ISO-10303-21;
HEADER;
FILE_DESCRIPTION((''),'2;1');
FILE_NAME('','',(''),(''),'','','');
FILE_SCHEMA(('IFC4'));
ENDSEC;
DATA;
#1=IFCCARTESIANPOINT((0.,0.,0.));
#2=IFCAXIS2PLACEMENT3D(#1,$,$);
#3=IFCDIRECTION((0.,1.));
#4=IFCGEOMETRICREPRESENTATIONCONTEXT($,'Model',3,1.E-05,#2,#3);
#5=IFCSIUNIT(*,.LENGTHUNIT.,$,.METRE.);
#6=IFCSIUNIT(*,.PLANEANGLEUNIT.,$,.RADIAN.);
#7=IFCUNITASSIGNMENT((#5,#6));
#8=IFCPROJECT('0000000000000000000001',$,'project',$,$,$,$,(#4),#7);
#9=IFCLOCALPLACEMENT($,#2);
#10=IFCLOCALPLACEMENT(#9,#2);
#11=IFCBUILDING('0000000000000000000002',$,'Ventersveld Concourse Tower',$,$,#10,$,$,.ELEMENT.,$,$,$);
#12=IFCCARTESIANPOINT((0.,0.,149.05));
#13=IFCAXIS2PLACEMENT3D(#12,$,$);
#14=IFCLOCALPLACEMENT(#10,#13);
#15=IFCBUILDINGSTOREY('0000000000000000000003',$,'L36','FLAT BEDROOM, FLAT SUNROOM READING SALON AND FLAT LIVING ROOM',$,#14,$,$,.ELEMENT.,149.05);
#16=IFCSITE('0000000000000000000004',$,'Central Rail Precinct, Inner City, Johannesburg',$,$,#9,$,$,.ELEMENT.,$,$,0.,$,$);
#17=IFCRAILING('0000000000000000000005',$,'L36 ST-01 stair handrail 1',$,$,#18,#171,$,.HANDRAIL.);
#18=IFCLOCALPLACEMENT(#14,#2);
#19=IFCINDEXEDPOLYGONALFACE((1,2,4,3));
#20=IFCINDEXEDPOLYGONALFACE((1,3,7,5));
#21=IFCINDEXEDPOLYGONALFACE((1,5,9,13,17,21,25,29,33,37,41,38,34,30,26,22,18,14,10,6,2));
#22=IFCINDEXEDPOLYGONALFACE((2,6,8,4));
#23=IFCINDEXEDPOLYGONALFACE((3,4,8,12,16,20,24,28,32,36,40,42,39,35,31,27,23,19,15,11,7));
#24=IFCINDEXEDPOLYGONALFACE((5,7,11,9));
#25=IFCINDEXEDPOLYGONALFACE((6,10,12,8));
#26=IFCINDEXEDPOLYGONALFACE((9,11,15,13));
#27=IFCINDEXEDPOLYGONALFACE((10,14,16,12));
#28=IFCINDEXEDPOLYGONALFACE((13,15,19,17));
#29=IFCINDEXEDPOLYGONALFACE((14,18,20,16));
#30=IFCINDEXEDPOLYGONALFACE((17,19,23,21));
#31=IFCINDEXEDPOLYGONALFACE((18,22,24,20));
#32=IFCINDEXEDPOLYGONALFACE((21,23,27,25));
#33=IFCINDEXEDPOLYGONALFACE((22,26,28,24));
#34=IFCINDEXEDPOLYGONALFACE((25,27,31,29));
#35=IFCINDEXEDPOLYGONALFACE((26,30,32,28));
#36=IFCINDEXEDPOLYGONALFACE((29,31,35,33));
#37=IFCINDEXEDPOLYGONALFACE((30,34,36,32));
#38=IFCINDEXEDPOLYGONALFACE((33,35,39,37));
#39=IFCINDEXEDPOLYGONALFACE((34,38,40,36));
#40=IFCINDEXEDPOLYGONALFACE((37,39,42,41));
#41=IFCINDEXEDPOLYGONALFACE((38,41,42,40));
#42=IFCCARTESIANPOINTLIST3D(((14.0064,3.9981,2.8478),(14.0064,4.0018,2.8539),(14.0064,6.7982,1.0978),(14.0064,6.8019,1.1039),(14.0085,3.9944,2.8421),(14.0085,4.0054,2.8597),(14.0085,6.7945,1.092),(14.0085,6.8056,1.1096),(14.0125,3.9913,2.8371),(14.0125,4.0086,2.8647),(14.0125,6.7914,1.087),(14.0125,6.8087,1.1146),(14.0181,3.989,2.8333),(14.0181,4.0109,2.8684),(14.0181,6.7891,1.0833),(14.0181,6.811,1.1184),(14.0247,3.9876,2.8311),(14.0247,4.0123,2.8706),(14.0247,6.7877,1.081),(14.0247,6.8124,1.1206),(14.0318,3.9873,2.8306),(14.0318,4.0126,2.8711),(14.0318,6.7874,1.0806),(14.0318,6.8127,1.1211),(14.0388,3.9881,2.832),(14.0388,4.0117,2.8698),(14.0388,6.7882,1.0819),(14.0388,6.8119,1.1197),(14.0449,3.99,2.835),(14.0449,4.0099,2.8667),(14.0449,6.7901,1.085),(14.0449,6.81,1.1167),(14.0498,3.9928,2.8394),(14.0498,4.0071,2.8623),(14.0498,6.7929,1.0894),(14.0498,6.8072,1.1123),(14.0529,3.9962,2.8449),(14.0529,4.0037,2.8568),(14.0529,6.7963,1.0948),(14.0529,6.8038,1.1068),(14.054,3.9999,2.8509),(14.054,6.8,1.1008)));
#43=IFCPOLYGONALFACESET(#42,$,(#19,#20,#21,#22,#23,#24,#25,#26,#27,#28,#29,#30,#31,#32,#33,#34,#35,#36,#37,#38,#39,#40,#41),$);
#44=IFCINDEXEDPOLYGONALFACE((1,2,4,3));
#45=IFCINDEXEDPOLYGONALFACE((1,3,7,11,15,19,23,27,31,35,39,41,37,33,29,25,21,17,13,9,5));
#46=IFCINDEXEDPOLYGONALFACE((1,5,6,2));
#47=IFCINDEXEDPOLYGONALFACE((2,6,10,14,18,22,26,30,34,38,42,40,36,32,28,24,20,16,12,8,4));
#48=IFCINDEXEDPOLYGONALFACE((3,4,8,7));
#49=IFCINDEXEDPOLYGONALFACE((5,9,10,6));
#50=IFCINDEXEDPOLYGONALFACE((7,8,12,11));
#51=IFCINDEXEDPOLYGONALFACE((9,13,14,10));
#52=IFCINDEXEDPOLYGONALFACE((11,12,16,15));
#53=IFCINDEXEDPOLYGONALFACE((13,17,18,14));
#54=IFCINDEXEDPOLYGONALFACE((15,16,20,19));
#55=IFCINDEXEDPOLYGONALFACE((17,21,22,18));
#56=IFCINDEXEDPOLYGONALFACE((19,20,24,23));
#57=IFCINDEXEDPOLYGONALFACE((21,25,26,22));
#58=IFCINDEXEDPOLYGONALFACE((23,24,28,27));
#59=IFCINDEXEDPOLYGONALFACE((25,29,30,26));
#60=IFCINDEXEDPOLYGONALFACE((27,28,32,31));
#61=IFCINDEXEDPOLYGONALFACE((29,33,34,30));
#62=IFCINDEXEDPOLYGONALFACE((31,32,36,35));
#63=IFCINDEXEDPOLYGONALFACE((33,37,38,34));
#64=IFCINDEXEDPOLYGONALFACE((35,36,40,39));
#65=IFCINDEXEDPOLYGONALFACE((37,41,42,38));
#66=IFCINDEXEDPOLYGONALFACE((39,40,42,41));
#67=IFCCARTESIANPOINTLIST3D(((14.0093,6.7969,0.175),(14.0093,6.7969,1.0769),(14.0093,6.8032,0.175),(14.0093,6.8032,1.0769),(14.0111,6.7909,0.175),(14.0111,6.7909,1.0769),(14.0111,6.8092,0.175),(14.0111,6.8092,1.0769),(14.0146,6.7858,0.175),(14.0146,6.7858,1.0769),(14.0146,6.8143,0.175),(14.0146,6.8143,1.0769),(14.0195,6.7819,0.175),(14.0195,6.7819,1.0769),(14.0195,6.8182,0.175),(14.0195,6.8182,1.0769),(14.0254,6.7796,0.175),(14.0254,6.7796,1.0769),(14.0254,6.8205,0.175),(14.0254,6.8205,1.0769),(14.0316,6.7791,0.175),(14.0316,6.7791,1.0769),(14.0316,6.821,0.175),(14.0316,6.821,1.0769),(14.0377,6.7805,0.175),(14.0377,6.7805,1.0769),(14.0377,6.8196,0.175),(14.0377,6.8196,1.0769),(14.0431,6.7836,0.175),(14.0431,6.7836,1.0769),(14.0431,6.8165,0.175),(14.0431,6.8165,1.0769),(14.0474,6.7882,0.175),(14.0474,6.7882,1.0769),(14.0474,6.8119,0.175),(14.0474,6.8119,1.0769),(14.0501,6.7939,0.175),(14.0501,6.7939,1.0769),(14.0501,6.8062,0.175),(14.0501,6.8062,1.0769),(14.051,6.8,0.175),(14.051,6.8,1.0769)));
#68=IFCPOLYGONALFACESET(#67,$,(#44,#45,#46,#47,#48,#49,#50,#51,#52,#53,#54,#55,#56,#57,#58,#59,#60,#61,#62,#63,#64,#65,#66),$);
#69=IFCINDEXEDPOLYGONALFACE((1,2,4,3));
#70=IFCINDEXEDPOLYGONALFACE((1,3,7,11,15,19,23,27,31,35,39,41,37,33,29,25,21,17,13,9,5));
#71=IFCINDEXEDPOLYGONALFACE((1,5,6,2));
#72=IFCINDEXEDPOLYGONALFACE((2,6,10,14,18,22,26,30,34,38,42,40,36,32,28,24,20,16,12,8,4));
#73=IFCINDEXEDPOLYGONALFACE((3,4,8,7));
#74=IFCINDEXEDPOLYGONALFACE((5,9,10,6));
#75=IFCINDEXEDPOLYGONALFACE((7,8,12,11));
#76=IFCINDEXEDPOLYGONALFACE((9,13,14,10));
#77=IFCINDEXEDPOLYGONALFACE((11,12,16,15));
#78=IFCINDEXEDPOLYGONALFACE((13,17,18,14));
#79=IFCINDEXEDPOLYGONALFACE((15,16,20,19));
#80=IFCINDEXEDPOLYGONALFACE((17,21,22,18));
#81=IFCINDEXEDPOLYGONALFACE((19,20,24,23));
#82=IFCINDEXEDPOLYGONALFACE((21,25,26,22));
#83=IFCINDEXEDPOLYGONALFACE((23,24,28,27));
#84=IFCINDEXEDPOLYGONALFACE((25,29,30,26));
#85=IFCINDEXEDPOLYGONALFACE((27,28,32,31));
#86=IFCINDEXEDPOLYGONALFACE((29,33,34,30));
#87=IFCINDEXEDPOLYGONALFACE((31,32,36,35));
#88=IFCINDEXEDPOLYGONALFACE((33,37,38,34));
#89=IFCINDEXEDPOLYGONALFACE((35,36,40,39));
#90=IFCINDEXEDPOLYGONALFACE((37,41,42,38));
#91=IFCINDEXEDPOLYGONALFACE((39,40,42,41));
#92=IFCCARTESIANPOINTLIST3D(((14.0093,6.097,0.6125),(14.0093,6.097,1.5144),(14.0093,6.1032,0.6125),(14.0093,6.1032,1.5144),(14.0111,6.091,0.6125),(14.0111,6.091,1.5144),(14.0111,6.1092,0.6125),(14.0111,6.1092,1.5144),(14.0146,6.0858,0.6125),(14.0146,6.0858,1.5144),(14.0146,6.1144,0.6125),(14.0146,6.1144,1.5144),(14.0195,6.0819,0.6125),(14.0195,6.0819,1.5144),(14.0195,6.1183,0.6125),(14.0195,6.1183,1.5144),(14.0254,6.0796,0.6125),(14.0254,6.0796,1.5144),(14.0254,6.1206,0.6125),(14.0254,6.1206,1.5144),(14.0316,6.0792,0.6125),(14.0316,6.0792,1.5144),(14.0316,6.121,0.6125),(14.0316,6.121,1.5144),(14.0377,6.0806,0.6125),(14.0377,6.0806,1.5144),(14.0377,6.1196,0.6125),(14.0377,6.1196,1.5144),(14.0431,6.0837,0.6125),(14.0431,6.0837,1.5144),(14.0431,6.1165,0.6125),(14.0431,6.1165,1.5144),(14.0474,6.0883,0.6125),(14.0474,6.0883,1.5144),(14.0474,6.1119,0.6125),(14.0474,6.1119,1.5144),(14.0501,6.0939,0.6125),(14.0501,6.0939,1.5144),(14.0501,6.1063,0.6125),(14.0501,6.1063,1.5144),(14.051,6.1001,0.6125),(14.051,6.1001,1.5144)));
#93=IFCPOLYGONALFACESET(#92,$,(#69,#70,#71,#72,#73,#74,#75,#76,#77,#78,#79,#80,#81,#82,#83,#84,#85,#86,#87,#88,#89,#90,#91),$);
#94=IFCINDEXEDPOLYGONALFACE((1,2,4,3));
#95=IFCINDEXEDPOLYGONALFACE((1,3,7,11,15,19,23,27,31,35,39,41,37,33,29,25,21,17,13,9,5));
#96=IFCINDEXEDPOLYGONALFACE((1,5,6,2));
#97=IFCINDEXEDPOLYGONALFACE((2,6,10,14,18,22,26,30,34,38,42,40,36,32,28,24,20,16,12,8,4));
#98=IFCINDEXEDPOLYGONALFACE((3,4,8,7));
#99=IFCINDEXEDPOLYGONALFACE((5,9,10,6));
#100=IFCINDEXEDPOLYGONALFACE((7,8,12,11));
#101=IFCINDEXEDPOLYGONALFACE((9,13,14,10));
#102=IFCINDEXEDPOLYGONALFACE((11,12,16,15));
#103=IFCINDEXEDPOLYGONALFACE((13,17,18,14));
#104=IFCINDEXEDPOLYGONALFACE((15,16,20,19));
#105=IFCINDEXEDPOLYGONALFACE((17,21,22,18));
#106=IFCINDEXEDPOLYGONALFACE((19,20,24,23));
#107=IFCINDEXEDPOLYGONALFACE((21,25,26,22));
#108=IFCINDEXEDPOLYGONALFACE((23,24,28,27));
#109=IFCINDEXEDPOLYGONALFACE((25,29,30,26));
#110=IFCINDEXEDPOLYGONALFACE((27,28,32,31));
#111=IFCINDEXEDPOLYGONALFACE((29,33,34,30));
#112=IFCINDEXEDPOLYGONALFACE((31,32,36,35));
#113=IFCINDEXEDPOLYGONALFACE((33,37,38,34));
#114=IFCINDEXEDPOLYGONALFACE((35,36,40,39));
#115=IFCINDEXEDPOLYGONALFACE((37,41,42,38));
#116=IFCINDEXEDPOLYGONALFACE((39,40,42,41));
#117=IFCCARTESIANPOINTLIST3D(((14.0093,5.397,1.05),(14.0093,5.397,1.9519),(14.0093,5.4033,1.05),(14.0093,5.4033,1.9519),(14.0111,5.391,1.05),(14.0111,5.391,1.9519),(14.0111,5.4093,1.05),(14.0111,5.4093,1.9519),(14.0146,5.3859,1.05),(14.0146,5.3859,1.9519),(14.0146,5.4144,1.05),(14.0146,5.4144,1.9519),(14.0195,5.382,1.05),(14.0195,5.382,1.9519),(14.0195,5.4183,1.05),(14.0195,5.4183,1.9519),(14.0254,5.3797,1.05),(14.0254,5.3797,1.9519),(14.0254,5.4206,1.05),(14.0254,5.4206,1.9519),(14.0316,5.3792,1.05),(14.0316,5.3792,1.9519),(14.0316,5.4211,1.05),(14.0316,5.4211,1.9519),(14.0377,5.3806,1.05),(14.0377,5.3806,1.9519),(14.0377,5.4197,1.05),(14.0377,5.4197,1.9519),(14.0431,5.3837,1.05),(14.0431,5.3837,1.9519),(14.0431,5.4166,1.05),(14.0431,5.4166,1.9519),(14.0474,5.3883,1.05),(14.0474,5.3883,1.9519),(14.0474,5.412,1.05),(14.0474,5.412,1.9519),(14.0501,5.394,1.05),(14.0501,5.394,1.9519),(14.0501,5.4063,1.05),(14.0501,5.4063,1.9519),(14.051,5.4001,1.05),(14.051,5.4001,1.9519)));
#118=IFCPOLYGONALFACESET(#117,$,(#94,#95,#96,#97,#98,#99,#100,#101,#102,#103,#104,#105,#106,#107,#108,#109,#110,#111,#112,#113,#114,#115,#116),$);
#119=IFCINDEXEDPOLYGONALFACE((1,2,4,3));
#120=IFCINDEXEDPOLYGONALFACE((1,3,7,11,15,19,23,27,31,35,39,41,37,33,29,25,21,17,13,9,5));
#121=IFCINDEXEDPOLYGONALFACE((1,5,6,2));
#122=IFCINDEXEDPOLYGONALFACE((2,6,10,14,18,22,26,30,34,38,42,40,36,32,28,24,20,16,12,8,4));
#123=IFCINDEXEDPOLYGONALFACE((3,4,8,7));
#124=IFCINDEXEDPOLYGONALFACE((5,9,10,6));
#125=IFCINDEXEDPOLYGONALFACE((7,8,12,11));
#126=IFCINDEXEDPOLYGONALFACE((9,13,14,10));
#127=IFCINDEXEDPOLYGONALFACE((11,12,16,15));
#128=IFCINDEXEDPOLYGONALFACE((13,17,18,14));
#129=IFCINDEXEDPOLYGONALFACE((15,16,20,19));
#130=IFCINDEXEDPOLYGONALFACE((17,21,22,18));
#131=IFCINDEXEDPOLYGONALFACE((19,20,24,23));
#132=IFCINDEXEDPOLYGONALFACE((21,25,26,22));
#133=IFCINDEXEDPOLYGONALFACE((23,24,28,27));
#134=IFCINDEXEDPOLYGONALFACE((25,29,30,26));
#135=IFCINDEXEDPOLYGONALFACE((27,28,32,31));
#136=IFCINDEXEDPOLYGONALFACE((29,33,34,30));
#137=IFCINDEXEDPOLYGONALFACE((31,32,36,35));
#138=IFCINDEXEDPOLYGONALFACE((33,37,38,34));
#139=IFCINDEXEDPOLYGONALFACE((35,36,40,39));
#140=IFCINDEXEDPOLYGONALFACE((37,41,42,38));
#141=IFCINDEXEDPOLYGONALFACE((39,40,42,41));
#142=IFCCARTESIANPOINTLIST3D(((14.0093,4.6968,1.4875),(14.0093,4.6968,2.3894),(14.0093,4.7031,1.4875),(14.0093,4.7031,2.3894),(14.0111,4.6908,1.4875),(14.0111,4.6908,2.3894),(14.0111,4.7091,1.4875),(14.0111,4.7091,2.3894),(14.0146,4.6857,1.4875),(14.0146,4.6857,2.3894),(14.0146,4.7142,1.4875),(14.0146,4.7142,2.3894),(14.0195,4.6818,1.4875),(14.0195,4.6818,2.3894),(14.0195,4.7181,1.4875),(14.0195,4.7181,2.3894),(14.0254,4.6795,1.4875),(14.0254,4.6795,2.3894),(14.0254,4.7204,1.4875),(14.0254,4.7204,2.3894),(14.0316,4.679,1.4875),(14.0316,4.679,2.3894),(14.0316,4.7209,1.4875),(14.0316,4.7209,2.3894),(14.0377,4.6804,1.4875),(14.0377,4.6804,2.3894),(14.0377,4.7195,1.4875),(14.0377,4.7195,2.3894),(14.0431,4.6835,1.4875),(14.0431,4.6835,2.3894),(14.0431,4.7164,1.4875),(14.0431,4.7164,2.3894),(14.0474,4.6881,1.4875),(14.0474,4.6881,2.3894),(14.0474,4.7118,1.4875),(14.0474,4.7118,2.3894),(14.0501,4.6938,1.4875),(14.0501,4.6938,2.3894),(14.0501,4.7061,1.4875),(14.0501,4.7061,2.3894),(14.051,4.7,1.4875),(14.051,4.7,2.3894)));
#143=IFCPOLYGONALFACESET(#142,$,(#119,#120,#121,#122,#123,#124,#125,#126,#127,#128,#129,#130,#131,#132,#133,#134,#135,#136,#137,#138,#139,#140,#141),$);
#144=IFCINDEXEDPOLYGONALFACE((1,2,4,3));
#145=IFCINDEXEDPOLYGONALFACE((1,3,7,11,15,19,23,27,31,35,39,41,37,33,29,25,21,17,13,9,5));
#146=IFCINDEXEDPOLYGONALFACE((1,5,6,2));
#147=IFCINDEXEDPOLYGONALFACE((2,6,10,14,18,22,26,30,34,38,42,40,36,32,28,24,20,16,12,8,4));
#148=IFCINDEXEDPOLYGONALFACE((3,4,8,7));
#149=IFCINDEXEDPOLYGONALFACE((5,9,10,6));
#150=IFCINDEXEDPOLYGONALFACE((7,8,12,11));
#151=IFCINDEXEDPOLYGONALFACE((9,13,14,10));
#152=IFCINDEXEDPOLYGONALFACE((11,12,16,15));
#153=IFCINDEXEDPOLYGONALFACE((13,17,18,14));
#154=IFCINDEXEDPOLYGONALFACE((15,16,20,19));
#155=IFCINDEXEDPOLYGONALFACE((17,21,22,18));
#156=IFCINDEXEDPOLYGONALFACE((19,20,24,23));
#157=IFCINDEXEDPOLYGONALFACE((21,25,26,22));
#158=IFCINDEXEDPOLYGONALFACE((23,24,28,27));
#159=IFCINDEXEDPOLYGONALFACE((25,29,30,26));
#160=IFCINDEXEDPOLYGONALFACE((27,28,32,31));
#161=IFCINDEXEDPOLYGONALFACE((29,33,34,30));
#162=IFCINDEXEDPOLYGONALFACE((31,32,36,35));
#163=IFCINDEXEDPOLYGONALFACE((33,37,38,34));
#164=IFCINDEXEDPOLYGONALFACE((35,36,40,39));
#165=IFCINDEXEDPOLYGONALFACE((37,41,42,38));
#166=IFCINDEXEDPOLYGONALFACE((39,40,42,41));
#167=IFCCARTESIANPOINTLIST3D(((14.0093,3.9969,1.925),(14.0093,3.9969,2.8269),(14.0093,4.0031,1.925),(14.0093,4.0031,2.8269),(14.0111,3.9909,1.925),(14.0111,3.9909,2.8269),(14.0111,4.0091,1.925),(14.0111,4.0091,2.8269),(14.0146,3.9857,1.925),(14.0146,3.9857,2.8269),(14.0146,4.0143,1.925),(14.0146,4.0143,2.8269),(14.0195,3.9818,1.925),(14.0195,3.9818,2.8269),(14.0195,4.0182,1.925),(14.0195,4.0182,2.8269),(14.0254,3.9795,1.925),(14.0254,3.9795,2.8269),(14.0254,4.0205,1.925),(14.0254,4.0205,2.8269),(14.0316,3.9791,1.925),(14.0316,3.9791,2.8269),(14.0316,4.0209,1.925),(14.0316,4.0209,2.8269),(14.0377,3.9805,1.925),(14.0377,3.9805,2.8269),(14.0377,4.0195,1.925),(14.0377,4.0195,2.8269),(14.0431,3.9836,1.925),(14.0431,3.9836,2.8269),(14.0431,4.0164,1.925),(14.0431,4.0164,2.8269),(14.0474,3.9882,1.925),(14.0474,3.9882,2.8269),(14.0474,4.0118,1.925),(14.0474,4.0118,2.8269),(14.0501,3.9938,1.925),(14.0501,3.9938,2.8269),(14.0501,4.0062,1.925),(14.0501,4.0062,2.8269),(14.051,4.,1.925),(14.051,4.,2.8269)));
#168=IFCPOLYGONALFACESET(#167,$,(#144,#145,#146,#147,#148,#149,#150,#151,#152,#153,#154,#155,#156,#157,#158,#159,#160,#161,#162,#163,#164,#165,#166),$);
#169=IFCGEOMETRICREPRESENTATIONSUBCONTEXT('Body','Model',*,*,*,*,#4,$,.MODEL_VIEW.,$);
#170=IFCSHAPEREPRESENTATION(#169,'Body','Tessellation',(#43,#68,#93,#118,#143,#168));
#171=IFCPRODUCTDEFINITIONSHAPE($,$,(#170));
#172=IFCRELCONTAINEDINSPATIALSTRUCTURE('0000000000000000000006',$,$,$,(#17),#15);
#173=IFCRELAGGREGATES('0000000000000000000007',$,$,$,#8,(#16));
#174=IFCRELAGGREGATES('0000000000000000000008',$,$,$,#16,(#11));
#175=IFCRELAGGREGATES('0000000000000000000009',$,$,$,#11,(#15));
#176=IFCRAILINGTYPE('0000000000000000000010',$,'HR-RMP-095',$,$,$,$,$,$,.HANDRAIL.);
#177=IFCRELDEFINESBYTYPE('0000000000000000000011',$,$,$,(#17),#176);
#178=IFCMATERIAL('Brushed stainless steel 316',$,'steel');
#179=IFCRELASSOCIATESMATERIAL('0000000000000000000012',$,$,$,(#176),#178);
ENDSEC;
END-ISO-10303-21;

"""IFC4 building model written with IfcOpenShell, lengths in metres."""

from ifc_helpers import new_model, si_unit, direction, frame, origin, origin_2d, place, context, subcontext, project, spatial, circle, extrude, material, type_object, element, save


model = new_model("IFC4")

# Units and contexts
model_context = context("Model", 3, precision=1e-05, world=origin(), true_north=direction((0.0, 1.0)))
body_context = subcontext(model_context, "Body", "Model", "MODEL_VIEW")
ifc_project = project(units=[si_unit("LENGTHUNIT", "METRE"), si_unit("PLANEANGLEUNIT", "RADIAN")], contexts=[model_context])

# Site, building, storey
site_placement = place(None, origin())
site = spatial("IfcSite", under=ifc_project, at=site_placement, Name="Central Rail Precinct, Inner City, Johannesburg", CompositionType="ELEMENT", RefElevation=0.0)
building_placement = place(site_placement, origin())
building = spatial("IfcBuilding", under=site, at=building_placement, Name="Ventersveld Concourse Tower", CompositionType="ELEMENT")
storey_placement = place(building_placement, frame((0.0, 0.0, 149.05)))
storey = spatial("IfcBuildingStorey", under=building, at=storey_placement, Name="L36", Description="FLAT BEDROOM, FLAT SUNROOM READING SALON AND FLAT LIVING ROOM", CompositionType="ELEMENT", Elevation=149.05)

# Railing
ifc_material_1 = material(Name="Brushed stainless steel 316", Category="steel")
railing_type = type_object("IfcRailingType", Name="HR-RMP-095", PredefinedType="HANDRAIL", material=ifc_material_1)
railing_placement = place(storey_placement, frame((14.03, 6.8, 0.175)))
element("IfcRailing", 1, at=railing_placement, inside=storey, type_object=railing_type, Name="L36 ST-01 stair handrail 1", PredefinedType="HANDRAIL", context=body_context, shape_type="SweptSolid", body=[
    extrude(circle(Radius=0.0239, at=origin_2d()), frame((0.0, 0.0, 0.9258), z_axis=(0.0, -0.848002, 0.529992), x_axis=(1.0, 0.0, 0.0)), (0.0, 0.0, 1.0), 3.302),
    extrude(circle(Radius=0.021, at=origin_2d()), origin(), (0.0, 0.0, 1.0), 0.9019),
    extrude(circle(Radius=0.021, at=origin_2d()), frame((0.0, -0.7, 0.4375)), (0.0, 0.0, 1.0), 0.9019),
    extrude(circle(Radius=0.021, at=origin_2d()), frame((0.0, -1.3999, 0.875)), (0.0, 0.0, 1.0), 0.9019),
    extrude(circle(Radius=0.021, at=origin_2d()), frame((0.0, -2.1001, 1.3125)), (0.0, 0.0, 1.0), 0.9019),
    extrude(circle(Radius=0.021, at=origin_2d()), frame((0.0, -2.8, 1.75)), (0.0, 0.0, 1.0), 0.9019),
])

save(model, "model.ifc")
